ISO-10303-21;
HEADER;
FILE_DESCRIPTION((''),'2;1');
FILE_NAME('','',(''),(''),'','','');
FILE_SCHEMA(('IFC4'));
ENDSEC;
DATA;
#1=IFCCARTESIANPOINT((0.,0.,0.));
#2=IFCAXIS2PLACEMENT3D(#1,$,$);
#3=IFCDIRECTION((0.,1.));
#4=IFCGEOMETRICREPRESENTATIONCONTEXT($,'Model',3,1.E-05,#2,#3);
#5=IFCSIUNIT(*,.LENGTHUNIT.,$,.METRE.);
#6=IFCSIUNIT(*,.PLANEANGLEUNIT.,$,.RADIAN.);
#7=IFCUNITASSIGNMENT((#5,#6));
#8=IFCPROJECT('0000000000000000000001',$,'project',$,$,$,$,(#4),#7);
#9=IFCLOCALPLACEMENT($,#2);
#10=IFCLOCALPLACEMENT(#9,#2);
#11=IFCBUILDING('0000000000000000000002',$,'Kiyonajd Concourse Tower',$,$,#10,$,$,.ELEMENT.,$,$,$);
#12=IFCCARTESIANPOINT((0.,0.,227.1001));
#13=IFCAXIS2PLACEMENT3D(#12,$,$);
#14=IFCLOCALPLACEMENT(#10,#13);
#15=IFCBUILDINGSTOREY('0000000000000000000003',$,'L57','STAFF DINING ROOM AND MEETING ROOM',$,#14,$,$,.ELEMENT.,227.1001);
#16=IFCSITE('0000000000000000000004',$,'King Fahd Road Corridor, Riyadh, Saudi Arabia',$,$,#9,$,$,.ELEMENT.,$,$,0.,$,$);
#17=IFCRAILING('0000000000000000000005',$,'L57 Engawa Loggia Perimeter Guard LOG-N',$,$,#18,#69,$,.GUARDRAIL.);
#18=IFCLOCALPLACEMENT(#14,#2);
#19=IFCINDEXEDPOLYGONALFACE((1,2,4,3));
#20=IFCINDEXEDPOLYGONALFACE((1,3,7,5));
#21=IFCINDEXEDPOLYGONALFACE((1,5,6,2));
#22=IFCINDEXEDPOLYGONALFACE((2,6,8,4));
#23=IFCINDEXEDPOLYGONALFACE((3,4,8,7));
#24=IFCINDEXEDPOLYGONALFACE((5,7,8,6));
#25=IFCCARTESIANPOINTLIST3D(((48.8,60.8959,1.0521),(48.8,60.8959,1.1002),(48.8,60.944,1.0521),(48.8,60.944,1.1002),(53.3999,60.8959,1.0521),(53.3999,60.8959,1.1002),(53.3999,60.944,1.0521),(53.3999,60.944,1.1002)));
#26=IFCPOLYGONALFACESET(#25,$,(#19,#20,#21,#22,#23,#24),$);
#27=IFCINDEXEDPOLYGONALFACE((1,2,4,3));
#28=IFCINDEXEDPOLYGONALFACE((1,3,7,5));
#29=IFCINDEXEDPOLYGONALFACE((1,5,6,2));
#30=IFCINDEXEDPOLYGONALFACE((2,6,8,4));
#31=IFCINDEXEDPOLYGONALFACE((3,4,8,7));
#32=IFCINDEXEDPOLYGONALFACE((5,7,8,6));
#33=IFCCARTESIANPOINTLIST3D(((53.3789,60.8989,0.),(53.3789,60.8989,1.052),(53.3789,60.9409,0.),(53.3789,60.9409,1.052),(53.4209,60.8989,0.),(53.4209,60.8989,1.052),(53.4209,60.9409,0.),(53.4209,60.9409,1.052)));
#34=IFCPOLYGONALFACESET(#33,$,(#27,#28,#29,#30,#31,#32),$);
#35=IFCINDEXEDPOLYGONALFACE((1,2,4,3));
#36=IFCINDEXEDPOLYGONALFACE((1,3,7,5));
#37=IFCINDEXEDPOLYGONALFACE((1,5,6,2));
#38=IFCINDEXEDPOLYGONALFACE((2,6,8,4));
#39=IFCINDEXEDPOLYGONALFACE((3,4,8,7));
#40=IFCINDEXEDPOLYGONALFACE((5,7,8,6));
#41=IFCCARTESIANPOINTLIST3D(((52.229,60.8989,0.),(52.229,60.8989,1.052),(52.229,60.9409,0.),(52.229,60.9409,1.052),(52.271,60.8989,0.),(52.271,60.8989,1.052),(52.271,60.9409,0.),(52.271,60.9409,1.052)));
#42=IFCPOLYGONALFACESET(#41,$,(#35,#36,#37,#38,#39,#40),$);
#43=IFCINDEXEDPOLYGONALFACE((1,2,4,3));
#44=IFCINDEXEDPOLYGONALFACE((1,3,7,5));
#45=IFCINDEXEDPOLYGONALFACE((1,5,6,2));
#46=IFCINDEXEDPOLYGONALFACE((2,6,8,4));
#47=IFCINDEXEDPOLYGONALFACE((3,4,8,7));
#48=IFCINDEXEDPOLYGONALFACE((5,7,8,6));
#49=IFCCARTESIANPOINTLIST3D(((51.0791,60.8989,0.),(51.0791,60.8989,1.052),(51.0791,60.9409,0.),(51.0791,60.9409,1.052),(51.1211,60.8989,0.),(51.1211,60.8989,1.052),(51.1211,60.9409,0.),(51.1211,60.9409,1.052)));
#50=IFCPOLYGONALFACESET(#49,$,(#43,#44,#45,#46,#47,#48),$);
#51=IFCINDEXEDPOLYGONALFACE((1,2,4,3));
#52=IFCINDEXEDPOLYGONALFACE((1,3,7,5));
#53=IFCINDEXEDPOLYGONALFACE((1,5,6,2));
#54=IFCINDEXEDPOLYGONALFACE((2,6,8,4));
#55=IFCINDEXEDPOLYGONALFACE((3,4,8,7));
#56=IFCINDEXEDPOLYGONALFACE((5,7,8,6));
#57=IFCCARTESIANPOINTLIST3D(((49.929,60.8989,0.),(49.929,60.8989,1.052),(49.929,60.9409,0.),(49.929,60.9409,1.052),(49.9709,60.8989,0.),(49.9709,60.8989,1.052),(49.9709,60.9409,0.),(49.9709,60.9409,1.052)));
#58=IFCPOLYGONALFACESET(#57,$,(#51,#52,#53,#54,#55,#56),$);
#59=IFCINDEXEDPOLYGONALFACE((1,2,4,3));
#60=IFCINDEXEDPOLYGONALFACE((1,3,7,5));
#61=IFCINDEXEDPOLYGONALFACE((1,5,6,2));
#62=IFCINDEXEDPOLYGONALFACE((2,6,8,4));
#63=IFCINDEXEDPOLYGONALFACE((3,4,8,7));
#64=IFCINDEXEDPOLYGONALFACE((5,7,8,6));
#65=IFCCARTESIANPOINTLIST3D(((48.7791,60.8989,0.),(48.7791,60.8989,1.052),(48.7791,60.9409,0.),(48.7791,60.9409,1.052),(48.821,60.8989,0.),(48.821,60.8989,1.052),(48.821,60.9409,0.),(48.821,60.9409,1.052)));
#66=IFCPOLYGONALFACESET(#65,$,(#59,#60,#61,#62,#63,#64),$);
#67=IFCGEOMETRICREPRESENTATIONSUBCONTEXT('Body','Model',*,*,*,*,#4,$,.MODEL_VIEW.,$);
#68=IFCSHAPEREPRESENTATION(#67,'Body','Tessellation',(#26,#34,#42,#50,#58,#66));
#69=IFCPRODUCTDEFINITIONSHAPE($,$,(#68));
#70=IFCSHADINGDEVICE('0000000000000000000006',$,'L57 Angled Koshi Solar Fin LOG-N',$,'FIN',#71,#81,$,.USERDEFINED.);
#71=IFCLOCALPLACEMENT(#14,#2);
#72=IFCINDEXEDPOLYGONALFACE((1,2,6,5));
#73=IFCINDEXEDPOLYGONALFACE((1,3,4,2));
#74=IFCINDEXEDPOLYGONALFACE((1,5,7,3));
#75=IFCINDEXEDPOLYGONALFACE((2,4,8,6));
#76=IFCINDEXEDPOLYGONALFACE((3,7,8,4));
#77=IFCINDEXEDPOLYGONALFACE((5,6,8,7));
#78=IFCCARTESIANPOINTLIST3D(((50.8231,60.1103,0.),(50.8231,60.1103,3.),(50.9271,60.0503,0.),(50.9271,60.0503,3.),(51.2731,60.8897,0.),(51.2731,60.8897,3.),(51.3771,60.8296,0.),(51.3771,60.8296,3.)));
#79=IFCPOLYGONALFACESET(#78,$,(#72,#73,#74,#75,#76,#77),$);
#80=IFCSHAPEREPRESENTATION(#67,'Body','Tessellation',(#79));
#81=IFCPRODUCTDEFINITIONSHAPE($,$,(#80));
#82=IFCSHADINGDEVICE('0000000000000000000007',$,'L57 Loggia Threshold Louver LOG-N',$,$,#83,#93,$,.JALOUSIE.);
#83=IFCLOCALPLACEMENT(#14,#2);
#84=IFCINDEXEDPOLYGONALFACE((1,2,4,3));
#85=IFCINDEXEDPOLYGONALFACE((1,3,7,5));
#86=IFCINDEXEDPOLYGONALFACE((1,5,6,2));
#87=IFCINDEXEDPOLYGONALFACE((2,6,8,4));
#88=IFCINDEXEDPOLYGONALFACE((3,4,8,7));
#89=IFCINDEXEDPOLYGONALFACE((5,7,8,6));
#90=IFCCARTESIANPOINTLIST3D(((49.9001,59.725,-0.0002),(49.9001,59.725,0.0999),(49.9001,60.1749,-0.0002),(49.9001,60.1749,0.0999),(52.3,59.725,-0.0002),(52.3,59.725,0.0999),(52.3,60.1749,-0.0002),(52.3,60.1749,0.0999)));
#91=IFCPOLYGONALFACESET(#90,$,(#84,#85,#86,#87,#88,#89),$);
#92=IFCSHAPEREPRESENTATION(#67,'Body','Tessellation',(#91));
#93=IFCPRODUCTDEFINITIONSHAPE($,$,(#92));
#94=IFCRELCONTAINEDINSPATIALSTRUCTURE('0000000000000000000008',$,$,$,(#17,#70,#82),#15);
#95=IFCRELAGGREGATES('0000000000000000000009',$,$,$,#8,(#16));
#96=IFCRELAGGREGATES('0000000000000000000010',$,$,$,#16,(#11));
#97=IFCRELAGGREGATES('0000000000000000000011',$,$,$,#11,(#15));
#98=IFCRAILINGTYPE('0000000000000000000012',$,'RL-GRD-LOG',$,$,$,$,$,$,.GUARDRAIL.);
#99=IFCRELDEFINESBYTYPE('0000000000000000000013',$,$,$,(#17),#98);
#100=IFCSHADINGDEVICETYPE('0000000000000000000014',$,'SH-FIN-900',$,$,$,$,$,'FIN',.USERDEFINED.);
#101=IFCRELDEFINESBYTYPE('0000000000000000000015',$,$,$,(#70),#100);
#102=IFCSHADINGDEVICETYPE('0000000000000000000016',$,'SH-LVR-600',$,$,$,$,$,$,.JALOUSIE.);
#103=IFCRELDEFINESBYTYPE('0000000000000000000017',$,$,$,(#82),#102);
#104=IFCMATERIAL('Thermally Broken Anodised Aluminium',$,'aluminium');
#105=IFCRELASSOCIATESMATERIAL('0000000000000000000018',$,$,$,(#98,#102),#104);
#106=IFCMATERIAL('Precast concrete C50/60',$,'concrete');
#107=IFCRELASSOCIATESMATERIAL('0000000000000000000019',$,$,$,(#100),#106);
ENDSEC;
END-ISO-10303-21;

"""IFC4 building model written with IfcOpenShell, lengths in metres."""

from ifc_helpers import new_model, si_unit, direction, frame, origin, origin_2d, place, context, subcontext, project, spatial, rectangle, extrude, material, type_object, element, save


model = new_model("IFC4")

# Units and contexts
model_context = context("Model", 3, precision=1e-05, world=origin(), true_north=direction((0.0, 1.0)))
body_context = subcontext(model_context, "Body", "Model", "MODEL_VIEW")
ifc_project = project(units=[si_unit("LENGTHUNIT", "METRE"), si_unit("PLANEANGLEUNIT", "RADIAN")], contexts=[model_context])

# Site, building, storey
site_placement = place(None, origin())
site = spatial("IfcSite", under=ifc_project, at=site_placement, Name="King Fahd Road Corridor, Riyadh, Saudi Arabia", CompositionType="ELEMENT", RefElevation=0.0)
building_placement = place(site_placement, origin())
building = spatial("IfcBuilding", under=site, at=building_placement, Name="Kiyonajd Concourse Tower", CompositionType="ELEMENT")
storey_placement = place(building_placement, frame((0.0, 0.0, 227.1001)))
storey = spatial("IfcBuildingStorey", under=building, at=storey_placement, Name="L57", Description="STAFF DINING ROOM AND MEETING ROOM", CompositionType="ELEMENT", Elevation=227.1001)

# Shared definitions
ifc_material_1 = material(Name="Thermally Broken Anodised Aluminium", Category="aluminium")

# Shared definitions
ifc_material_2 = material(Name="Precast concrete C50/60", Category="concrete")

# Railing
railing_type = type_object("IfcRailingType", Name="RL-GRD-LOG", PredefinedType="GUARDRAIL", material=ifc_material_1)
railing_placement = place(storey_placement, frame((53.3999, 60.9199, 0.0)))
element("IfcRailing", 1, at=railing_placement, inside=storey, type_object=railing_type, Name="L57 Engawa Loggia Perimeter Guard LOG-N", PredefinedType="GUARDRAIL", context=body_context, shape_type="SweptSolid", body=[
    extrude(rectangle(XDim=0.0481, YDim=0.0481, at=origin_2d()), frame((0.0, 0.0, 1.0762), z_axis=(-1.0, 0.0, 0.0), x_axis=(0.0, -1.0, 0.0)), (0.0, 0.0, 1.0), 4.5999),
    extrude(rectangle(XDim=0.042, YDim=0.042, at=origin_2d()), origin(), (0.0, 0.0, 1.0), 1.052),
    extrude(rectangle(XDim=0.042, YDim=0.042, at=origin_2d()), frame((-1.1499, 0.0, 0.0)), (0.0, 0.0, 1.0), 1.052),
    extrude(rectangle(XDim=0.042, YDim=0.042, at=origin_2d()), frame((-2.2998, 0.0, 0.0)), (0.0, 0.0, 1.0), 1.052),
    extrude(rectangle(XDim=0.042, YDim=0.042, at=origin_2d()), frame((-3.45, 0.0, 0.0)), (0.0, 0.0, 1.0), 1.052),
    extrude(rectangle(XDim=0.042, YDim=0.042, at=origin_2d()), frame((-4.5999, 0.0, 0.0)), (0.0, 0.0, 1.0), 1.052),
])

# Shading devices
shading_device_type_1 = type_object("IfcShadingDeviceType", Name="SH-FIN-900", ElementType="FIN", PredefinedType="USERDEFINED", material=ifc_material_2)
shading_device_1_placement = place(storey_placement, frame((51.1001, 60.47, 0.0), z_axis=(0.0, 0.0, 1.0), x_axis=(0.5, 0.866025, 0.0)))
element("IfcShadingDevice", 2, at=shading_device_1_placement, inside=storey, type_object=shading_device_type_1, Name="L57 Angled Koshi Solar Fin LOG-N", ObjectType="FIN", PredefinedType="USERDEFINED", context=body_context, shape_type="SweptSolid", body=[
    extrude(rectangle(XDim=0.8999, YDim=0.1201, at=origin_2d()), origin(), (0.0, 0.0, 1.0), 3.0),
])
shading_device_type_2 = type_object("IfcShadingDeviceType", Name="SH-LVR-600", PredefinedType="JALOUSIE", material=ifc_material_1)
shading_device_2_placement = place(storey_placement, frame((51.1001, 59.95, -0.0002), z_axis=(0.0, 0.0, 1.0), x_axis=(1.0, 0.0, 0.0)))
element("IfcShadingDevice", 3, at=shading_device_2_placement, inside=storey, type_object=shading_device_type_2, Name="L57 Loggia Threshold Louver LOG-N", PredefinedType="JALOUSIE", context=body_context, shape_type="SweptSolid", body=[
    extrude(rectangle(XDim=2.3999, YDim=0.45, at=origin_2d()), origin(), (0.0, 0.0, 1.0), 0.1001),
])

save(model, "model.ifc")
